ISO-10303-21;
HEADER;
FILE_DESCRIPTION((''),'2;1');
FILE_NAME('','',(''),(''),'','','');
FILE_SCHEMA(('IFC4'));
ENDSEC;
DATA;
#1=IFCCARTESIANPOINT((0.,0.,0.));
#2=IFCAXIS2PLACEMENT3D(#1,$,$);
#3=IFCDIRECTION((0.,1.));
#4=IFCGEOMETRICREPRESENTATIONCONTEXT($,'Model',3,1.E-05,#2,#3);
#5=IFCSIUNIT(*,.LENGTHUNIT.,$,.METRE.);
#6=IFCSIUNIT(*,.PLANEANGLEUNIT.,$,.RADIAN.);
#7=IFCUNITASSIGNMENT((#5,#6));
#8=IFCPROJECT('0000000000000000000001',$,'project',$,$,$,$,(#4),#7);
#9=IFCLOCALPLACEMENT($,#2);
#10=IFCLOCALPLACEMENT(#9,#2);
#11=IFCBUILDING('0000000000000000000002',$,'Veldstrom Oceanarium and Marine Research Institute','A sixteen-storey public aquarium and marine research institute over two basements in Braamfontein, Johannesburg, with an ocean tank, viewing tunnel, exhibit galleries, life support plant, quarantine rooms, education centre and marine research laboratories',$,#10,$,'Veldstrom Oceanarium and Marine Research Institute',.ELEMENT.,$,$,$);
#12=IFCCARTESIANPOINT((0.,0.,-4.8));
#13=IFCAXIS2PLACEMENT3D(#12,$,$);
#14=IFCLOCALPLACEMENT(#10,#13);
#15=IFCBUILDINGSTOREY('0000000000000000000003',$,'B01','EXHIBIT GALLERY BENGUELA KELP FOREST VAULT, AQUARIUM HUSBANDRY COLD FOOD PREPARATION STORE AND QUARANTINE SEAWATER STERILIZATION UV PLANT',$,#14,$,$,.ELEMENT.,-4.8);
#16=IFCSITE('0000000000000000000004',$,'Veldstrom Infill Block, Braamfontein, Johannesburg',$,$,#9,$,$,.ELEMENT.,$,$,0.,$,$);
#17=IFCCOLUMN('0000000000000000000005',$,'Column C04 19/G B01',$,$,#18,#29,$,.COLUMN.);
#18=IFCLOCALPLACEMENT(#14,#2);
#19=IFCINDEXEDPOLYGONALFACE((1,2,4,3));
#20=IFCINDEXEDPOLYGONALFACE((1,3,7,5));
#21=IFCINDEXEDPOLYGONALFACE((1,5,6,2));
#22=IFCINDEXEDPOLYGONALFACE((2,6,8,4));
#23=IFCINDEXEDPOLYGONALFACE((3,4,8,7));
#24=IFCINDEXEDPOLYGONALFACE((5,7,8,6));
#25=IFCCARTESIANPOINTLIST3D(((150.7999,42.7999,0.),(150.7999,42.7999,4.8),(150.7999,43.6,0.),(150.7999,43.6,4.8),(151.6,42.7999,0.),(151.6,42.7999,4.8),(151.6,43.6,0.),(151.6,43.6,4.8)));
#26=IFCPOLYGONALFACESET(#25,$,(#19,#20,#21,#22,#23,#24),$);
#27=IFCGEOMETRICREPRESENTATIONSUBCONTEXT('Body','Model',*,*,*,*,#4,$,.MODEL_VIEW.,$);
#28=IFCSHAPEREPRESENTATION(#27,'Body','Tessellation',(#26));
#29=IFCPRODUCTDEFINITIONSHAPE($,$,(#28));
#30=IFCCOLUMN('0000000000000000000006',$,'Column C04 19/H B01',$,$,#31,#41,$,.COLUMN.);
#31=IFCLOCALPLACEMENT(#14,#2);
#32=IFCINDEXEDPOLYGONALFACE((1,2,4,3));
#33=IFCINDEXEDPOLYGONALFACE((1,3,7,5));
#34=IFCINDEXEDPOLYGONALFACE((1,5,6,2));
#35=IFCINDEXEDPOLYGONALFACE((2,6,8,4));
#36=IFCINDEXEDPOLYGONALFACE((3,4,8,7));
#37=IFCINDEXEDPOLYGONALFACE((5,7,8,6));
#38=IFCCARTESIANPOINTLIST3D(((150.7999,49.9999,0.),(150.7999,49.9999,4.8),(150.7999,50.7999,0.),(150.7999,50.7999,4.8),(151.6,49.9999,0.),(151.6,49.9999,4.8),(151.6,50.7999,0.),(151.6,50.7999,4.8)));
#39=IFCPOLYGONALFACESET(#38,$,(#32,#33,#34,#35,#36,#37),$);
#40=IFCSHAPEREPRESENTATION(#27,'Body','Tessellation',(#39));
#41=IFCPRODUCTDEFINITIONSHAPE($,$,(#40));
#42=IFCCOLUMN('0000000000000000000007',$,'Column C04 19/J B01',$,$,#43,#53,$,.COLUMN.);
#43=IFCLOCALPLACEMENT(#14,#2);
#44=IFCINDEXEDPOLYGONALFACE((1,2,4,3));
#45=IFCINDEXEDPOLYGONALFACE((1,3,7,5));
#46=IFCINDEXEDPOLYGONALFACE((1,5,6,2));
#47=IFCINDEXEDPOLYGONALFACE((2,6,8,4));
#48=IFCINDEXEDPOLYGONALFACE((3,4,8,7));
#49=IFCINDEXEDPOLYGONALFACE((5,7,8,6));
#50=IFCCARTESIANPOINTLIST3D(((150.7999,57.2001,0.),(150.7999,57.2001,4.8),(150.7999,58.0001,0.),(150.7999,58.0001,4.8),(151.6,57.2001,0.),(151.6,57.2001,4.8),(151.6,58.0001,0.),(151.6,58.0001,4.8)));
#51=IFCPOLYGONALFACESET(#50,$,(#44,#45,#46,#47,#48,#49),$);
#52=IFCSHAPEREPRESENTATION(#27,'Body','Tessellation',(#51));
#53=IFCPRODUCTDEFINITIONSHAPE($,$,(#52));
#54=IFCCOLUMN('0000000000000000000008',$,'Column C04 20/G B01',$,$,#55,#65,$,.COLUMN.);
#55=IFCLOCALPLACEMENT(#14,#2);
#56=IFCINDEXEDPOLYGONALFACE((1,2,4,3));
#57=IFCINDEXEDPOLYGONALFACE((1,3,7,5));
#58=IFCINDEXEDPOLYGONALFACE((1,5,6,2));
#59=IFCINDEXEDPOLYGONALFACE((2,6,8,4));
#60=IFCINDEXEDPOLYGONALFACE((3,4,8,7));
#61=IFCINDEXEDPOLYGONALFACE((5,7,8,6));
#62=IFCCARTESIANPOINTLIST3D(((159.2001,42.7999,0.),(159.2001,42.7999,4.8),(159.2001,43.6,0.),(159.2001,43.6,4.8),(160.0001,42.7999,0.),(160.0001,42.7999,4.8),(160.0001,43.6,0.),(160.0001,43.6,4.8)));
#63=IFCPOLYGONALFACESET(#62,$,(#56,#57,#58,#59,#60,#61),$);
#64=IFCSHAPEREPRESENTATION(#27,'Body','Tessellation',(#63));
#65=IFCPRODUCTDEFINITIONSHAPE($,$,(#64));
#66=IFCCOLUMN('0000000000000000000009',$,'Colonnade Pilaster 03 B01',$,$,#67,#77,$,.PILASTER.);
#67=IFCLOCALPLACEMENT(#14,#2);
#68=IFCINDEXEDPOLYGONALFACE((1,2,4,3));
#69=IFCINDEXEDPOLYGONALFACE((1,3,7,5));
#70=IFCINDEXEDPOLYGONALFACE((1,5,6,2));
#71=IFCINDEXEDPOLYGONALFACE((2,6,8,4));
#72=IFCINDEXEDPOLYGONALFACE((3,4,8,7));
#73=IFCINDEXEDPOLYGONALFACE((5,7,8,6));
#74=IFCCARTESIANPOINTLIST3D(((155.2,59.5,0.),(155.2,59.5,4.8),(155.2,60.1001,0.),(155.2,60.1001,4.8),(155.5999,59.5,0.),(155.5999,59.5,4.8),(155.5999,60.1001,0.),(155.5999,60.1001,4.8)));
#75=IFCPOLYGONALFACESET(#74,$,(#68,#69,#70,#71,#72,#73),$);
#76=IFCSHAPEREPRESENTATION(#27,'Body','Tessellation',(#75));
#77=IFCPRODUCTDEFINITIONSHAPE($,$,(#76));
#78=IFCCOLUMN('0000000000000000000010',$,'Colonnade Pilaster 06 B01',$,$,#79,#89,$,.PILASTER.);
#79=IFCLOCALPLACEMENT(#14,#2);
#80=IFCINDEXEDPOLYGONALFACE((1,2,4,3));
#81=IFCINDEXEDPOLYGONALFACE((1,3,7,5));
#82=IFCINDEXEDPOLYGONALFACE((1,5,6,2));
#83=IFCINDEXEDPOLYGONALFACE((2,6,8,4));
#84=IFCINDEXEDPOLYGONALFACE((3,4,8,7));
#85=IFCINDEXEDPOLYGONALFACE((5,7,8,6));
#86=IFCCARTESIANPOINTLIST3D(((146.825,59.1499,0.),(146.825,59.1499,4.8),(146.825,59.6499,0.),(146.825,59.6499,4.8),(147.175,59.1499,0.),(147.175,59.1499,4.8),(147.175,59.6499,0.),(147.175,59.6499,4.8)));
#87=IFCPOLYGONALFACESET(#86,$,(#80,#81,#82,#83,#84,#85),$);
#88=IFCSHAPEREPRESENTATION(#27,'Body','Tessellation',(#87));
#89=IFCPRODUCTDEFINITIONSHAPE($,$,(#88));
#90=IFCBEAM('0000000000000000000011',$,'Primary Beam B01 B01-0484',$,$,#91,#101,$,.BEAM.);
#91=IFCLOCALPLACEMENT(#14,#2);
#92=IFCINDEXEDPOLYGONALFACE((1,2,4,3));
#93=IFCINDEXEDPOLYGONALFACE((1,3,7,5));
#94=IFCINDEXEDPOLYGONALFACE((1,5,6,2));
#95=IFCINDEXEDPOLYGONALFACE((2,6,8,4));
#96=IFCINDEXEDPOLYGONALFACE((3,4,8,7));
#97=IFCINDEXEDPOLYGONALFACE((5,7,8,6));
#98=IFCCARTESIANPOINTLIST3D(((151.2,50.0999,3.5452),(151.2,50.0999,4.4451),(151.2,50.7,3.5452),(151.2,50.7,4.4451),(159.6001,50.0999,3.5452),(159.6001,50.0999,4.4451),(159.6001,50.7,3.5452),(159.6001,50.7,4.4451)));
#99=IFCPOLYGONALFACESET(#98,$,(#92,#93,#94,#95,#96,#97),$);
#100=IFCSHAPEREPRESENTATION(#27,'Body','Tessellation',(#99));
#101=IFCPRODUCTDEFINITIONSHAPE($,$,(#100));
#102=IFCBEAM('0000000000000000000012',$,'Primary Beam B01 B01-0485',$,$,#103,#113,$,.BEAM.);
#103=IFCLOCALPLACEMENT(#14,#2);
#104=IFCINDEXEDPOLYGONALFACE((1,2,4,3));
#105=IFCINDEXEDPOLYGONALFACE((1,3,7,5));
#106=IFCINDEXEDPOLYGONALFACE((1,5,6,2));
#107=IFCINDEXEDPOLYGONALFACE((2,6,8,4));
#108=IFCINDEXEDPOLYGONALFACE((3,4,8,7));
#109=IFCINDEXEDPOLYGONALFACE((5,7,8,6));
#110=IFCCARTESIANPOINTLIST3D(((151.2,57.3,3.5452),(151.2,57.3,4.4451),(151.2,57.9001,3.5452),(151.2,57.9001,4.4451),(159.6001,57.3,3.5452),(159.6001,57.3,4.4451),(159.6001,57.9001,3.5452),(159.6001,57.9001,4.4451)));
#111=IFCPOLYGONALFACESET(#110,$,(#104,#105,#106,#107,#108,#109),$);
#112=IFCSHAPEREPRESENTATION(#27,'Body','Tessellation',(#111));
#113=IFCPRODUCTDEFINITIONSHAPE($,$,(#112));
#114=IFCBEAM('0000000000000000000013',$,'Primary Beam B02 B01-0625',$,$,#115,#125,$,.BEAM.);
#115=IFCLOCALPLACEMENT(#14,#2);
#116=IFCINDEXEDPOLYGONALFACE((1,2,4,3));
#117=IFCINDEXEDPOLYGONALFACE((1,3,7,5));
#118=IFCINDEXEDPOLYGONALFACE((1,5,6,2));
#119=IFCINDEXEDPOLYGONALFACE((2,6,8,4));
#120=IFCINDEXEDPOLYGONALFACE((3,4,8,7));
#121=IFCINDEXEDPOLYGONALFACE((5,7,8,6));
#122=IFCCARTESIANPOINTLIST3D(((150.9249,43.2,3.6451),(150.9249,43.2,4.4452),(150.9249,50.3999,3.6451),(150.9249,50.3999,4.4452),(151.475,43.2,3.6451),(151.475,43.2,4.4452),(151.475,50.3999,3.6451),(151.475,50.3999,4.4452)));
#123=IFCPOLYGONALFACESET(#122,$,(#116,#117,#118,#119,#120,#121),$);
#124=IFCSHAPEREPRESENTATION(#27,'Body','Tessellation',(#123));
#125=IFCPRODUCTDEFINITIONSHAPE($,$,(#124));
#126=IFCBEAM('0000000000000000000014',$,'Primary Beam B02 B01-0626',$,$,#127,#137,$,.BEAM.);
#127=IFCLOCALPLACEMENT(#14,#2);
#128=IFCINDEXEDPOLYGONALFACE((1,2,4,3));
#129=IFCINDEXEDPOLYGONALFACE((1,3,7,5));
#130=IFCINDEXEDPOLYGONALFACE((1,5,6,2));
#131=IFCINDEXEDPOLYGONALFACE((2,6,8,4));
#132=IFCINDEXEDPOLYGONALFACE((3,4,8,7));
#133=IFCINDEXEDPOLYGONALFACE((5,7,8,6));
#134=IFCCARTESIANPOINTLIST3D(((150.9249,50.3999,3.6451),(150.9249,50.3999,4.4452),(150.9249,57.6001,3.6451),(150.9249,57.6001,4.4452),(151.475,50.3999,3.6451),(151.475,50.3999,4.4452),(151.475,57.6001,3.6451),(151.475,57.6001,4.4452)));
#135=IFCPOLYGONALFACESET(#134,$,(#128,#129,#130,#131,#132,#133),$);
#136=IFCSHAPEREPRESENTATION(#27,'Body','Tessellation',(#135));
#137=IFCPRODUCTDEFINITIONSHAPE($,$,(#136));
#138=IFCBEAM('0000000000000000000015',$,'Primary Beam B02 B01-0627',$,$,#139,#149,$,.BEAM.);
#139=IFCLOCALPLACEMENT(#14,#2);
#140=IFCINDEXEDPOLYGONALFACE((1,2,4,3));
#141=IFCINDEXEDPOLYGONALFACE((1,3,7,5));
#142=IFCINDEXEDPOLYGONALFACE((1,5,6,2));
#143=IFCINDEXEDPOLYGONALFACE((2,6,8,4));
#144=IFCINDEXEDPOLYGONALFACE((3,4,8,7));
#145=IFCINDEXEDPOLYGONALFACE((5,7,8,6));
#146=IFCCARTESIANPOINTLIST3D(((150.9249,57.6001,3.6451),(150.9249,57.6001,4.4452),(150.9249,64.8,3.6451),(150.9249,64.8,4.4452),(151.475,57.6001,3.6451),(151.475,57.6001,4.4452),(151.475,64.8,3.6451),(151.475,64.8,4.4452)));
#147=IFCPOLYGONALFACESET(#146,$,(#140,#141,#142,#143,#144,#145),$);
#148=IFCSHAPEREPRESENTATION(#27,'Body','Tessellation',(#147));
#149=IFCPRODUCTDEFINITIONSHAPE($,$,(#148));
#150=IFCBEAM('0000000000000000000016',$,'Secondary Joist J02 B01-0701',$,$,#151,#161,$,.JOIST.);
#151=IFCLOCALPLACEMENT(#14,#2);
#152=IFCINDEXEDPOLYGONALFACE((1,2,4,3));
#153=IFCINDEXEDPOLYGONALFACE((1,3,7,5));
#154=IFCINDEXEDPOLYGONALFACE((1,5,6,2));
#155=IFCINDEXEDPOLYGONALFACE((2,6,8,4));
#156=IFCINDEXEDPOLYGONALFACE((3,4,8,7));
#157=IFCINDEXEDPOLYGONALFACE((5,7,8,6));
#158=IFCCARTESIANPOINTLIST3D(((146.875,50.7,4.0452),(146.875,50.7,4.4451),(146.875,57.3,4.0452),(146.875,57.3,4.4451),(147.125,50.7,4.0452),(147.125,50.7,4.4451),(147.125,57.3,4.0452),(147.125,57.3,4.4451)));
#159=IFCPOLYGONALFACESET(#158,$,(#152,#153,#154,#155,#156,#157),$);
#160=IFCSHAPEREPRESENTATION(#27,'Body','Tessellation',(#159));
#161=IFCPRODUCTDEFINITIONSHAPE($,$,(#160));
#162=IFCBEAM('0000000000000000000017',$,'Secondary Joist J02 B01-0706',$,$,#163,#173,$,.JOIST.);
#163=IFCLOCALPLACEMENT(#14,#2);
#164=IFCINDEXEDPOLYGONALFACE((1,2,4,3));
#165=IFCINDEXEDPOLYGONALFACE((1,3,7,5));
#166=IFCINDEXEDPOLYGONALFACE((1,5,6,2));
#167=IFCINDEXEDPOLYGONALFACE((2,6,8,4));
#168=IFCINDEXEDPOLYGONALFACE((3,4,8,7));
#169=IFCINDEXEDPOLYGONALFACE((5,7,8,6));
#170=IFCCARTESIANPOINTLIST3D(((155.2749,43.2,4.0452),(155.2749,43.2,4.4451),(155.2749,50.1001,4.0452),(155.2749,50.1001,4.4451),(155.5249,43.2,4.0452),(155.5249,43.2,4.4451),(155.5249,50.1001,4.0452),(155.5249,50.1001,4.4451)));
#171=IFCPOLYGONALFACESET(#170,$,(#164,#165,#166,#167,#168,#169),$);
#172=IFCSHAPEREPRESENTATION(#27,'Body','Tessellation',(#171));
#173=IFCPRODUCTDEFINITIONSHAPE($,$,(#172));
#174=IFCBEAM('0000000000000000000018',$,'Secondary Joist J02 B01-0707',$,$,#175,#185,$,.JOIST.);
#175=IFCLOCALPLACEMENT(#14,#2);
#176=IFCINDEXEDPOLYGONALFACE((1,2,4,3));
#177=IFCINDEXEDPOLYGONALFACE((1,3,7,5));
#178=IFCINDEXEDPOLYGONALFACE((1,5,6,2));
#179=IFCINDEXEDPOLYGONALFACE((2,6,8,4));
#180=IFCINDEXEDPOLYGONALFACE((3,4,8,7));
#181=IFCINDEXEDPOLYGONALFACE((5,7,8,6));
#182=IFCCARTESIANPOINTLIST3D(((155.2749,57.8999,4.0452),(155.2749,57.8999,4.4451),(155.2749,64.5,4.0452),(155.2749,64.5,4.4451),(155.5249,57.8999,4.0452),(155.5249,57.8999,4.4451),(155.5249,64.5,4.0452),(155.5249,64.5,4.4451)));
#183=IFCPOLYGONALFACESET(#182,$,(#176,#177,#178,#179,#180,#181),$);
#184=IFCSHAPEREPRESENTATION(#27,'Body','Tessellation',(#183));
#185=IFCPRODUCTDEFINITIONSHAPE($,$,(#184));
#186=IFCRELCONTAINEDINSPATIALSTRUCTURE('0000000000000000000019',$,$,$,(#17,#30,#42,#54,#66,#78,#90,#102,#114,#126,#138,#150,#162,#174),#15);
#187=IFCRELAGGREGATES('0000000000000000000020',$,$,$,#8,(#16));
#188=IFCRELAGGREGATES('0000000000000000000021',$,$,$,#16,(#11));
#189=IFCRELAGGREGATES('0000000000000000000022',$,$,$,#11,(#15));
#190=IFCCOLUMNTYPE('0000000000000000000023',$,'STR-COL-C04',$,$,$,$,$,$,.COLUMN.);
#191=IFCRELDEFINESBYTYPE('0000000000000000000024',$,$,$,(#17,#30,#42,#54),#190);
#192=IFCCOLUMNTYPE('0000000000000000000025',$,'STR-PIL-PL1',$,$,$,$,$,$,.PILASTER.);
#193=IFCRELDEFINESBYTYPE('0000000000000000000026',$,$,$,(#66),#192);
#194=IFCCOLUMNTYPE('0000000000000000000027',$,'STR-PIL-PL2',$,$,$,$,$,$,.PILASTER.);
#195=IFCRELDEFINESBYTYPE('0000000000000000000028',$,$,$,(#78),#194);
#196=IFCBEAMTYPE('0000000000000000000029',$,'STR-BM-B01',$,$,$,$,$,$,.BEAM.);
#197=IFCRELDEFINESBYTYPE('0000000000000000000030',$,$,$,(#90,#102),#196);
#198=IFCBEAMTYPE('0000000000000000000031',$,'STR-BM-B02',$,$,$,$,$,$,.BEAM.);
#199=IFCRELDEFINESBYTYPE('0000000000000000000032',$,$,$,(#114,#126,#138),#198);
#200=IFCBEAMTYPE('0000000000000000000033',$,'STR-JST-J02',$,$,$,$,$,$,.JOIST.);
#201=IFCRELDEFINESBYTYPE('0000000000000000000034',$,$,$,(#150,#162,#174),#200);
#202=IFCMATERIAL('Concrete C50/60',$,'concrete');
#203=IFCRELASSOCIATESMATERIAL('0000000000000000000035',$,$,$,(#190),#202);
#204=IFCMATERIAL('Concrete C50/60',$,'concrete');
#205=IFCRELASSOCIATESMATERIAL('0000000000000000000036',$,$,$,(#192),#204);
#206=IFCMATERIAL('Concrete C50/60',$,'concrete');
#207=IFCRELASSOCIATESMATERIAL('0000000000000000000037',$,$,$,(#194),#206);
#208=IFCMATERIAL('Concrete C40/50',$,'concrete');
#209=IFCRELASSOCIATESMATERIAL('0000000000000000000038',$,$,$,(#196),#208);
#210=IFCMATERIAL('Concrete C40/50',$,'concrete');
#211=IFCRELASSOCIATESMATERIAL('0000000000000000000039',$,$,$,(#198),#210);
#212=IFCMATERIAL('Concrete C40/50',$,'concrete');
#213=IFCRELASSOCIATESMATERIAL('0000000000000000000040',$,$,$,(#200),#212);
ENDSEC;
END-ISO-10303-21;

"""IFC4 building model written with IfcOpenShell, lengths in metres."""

from ifc_helpers import new_model, si_unit, direction, frame, origin, origin_2d, place, context, subcontext, project, spatial, rectangle, extrude, material, material_profile, profile_set, type_object, element, save


model = new_model("IFC4")

# Units and contexts
model_context = context("Model", 3, precision=1e-05, world=origin(), true_north=direction((0.0, 1.0)))
body_context = subcontext(model_context, "Body", "Model", "MODEL_VIEW")
ifc_project = project(units=[si_unit("LENGTHUNIT", "METRE"), si_unit("PLANEANGLEUNIT", "RADIAN")], contexts=[model_context])

# Site, building, storey
site_placement = place(None, origin())
site = spatial("IfcSite", under=ifc_project, at=site_placement, Name="Veldstrom Infill Block, Braamfontein, Johannesburg", CompositionType="ELEMENT", RefElevation=0.0)
building_placement = place(site_placement, origin())
building = spatial("IfcBuilding", under=site, at=building_placement, Name="Veldstrom Oceanarium and Marine Research Institute", Description="A sixteen-storey public aquarium and marine research institute over two basements in Braamfontein, Johannesburg, with an ocean tank, viewing tunnel, exhibit galleries, life support plant, quarantine rooms, education centre and marine research laboratories", LongName="Veldstrom Oceanarium and Marine Research Institute", CompositionType="ELEMENT")
storey_placement = place(building_placement, frame((0.0, 0.0, -4.8)))
storey = spatial("IfcBuildingStorey", under=building, at=storey_placement, Name="B01", Description="EXHIBIT GALLERY BENGUELA KELP FOREST VAULT, AQUARIUM HUSBANDRY COLD FOOD PREPARATION STORE AND QUARANTINE SEAWATER STERILIZATION UV PLANT", CompositionType="ELEMENT", Elevation=-4.8)

# Columns
ifc_material_1 = material(Name="Concrete C50/60", Category="concrete")
ifc_material_profile_1 = material_profile(ifc_material_1, rectangle(XDim=0.8, YDim=0.8, at=origin_2d()), Name="RC-COL-800x800")
ifc_profile_set_1 = profile_set([ifc_material_profile_1], Name="Concrete C50/60")
column_type_1 = type_object("IfcColumnType", Name="STR-COL-C04", PredefinedType="COLUMN", material=ifc_profile_set_1)
for number, where, z_axis, x_axis, name in (
    (1, (151.2, 43.2, 0.0), (0.0, 0.0, 1.0), (1.0, 0.0, 0.0), "Column C04 19/G B01"),
    (2, (151.2, 50.3999, 0.0), (0.0, 0.0, 1.0), (1.0, 0.0, 0.0), "Column C04 19/H B01"),
    (3, (151.2, 57.6001, 0.0), (0.0, 0.0, 1.0), (1.0, 0.0, 0.0), "Column C04 19/J B01"),
    (4, (159.6001, 43.2, 0.0), (0.0, 0.0, 1.0), (1.0, 0.0, 0.0), "Column C04 20/G B01"),
):
    element("IfcColumn", number, at=place(storey_placement, frame(where, z_axis=z_axis, x_axis=x_axis)), inside=storey, type_object=column_type_1, Name=name, PredefinedType="COLUMN", context=body_context, shape_type="SweptSolid", body=[
        extrude(rectangle(XDim=0.8, YDim=0.8, at=origin_2d()), origin(), (0.0, 0.0, 1.0), 4.8),
    ])
ifc_material_2 = material(Name="Concrete C50/60", Category="concrete")
ifc_material_profile_2 = material_profile(ifc_material_2, rectangle(XDim=0.3999, YDim=0.6001, at=origin_2d()), Name="RC-PIL-600x400")
ifc_profile_set_2 = profile_set([ifc_material_profile_2], Name="Concrete C50/60")
column_type_2 = type_object("IfcColumnType", Name="STR-PIL-PL1", PredefinedType="PILASTER", material=ifc_profile_set_2)
column_1_placement = place(storey_placement, frame((155.3999, 59.8, 0.0), z_axis=(0.0, 0.0, 1.0), x_axis=(1.0, 0.0, 0.0)))
element("IfcColumn", 5, at=column_1_placement, inside=storey, type_object=column_type_2, Name="Colonnade Pilaster 03 B01", PredefinedType="PILASTER", context=body_context, shape_type="SweptSolid", body=[
    extrude(rectangle(XDim=0.3999, YDim=0.6001, at=origin_2d()), origin(), (0.0, 0.0, 1.0), 4.8),
])
ifc_material_3 = material(Name="Concrete C50/60", Category="concrete")
ifc_material_profile_3 = material_profile(ifc_material_3, rectangle(XDim=0.3501, YDim=0.5, at=origin_2d()), Name="RC-PIL-500x350")
ifc_profile_set_3 = profile_set([ifc_material_profile_3], Name="Concrete C50/60")
column_type_3 = type_object("IfcColumnType", Name="STR-PIL-PL2", PredefinedType="PILASTER", material=ifc_profile_set_3)
column_2_placement = place(storey_placement, frame((147.0, 59.3999, 0.0), z_axis=(0.0, 0.0, 1.0), x_axis=(1.0, 0.0, 0.0)))
element("IfcColumn", 6, at=column_2_placement, inside=storey, type_object=column_type_3, Name="Colonnade Pilaster 06 B01", PredefinedType="PILASTER", context=body_context, shape_type="SweptSolid", body=[
    extrude(rectangle(XDim=0.3501, YDim=0.5, at=origin_2d()), origin(), (0.0, 0.0, 1.0), 4.8),
])

# Beams
ifc_material_4 = material(Name="Concrete C40/50", Category="concrete")
ifc_material_profile_4 = material_profile(ifc_material_4, rectangle(XDim=0.6001, YDim=0.8999, at=origin_2d()), Name="RC-BM-600x900")
ifc_profile_set_4 = profile_set([ifc_material_profile_4], Name="Concrete C40/50")
beam_type_1 = type_object("IfcBeamType", Name="STR-BM-B01", PredefinedType="BEAM", material=ifc_profile_set_4)
for number, where, z_axis, x_axis, name in (
    (7, (151.2, 50.3999, 3.9951), (1.0, 0.0, 0.0), (0.0, 1.0, 0.0), "Primary Beam B01 B01-0484"),
    (8, (151.2, 57.6001, 3.9951), (1.0, 0.0, 0.0), (0.0, 1.0, 0.0), "Primary Beam B01 B01-0485"),
):
    element("IfcBeam", number, at=place(storey_placement, frame(where, z_axis=z_axis, x_axis=x_axis)), inside=storey, type_object=beam_type_1, Name=name, PredefinedType="BEAM", context=body_context, shape_type="SweptSolid", body=[
        extrude(rectangle(XDim=0.6001, YDim=0.8999, at=origin_2d()), origin(), (0.0, 0.0, 1.0), 8.4001),
    ])
ifc_material_5 = material(Name="Concrete C40/50", Category="concrete")
ifc_material_profile_5 = material_profile(ifc_material_5, rectangle(XDim=0.55, YDim=0.8, at=origin_2d()), Name="RC-BM-550x800")
ifc_profile_set_5 = profile_set([ifc_material_profile_5], Name="Concrete C40/50")
beam_type_2 = type_object("IfcBeamType", Name="STR-BM-B02", PredefinedType="BEAM", material=ifc_profile_set_5)
beam_1_placement = place(storey_placement, frame((151.2, 43.2, 4.0452), z_axis=(0.0, 1.0, 0.0), x_axis=(-1.0, 0.0, 0.0)))
element("IfcBeam", 9, at=beam_1_placement, inside=storey, type_object=beam_type_2, Name="Primary Beam B02 B01-0625", PredefinedType="BEAM", context=body_context, shape_type="SweptSolid", body=[
    extrude(rectangle(XDim=0.55, YDim=0.8, at=origin_2d()), origin(), (0.0, 0.0, 1.0), 7.2),
])
beam_2_placement = place(storey_placement, frame((151.2, 50.3999, 4.0452), z_axis=(0.0, 1.0, 0.0), x_axis=(-1.0, 0.0, 0.0)))
element("IfcBeam", 10, at=beam_2_placement, inside=storey, type_object=beam_type_2, Name="Primary Beam B02 B01-0626", PredefinedType="BEAM", context=body_context, shape_type="SweptSolid", body=[
    extrude(rectangle(XDim=0.55, YDim=0.8, at=origin_2d()), origin(), (0.0, 0.0, 1.0), 7.2002),
])
beam_3_placement = place(storey_placement, frame((151.2, 57.6001, 4.0452), z_axis=(0.0, 1.0, 0.0), x_axis=(-1.0, 0.0, 0.0)))
element("IfcBeam", 11, at=beam_3_placement, inside=storey, type_object=beam_type_2, Name="Primary Beam B02 B01-0627", PredefinedType="BEAM", context=body_context, shape_type="SweptSolid", body=[
    extrude(rectangle(XDim=0.55, YDim=0.8, at=origin_2d()), origin(), (0.0, 0.0, 1.0), 7.2),
])
ifc_material_6 = material(Name="Concrete C40/50", Category="concrete")
ifc_material_profile_6 = material_profile(ifc_material_6, rectangle(XDim=0.25, YDim=0.3999, at=origin_2d()), Name="RC-JST-250x400")
ifc_profile_set_6 = profile_set([ifc_material_profile_6], Name="Concrete C40/50")
beam_type_3 = type_object("IfcBeamType", Name="STR-JST-J02", PredefinedType="JOIST", material=ifc_profile_set_6)
beam_4_placement = place(storey_placement, frame((147.0, 50.7, 4.2451), z_axis=(0.0, 1.0, 0.0), x_axis=(-1.0, 0.0, 0.0)))
element("IfcBeam", 12, at=beam_4_placement, inside=storey, type_object=beam_type_3, Name="Secondary Joist J02 B01-0701", PredefinedType="JOIST", context=body_context, shape_type="SweptSolid", body=[
    extrude(rectangle(XDim=0.25, YDim=0.3999, at=origin_2d()), origin(), (0.0, 0.0, 1.0), 6.6001),
])
beam_5_placement = place(storey_placement, frame((155.3999, 43.2, 4.2451), z_axis=(0.0, 1.0, 0.0), x_axis=(-1.0, 0.0, 0.0)))
element("IfcBeam", 13, at=beam_5_placement, inside=storey, type_object=beam_type_3, Name="Secondary Joist J02 B01-0706", PredefinedType="JOIST", context=body_context, shape_type="SweptSolid", body=[
    extrude(rectangle(XDim=0.25, YDim=0.3999, at=origin_2d()), origin(), (0.0, 0.0, 1.0), 6.9001),
])
beam_6_placement = place(storey_placement, frame((155.3999, 57.8999, 4.2451), z_axis=(0.0, 1.0, 0.0), x_axis=(-1.0, 0.0, 0.0)))
element("IfcBeam", 14, at=beam_6_placement, inside=storey, type_object=beam_type_3, Name="Secondary Joist J02 B01-0707", PredefinedType="JOIST", context=body_context, shape_type="SweptSolid", body=[
    extrude(rectangle(XDim=0.25, YDim=0.3999, at=origin_2d()), origin(), (0.0, 0.0, 1.0), 6.6001),
])

save(model, "model.ifc")
